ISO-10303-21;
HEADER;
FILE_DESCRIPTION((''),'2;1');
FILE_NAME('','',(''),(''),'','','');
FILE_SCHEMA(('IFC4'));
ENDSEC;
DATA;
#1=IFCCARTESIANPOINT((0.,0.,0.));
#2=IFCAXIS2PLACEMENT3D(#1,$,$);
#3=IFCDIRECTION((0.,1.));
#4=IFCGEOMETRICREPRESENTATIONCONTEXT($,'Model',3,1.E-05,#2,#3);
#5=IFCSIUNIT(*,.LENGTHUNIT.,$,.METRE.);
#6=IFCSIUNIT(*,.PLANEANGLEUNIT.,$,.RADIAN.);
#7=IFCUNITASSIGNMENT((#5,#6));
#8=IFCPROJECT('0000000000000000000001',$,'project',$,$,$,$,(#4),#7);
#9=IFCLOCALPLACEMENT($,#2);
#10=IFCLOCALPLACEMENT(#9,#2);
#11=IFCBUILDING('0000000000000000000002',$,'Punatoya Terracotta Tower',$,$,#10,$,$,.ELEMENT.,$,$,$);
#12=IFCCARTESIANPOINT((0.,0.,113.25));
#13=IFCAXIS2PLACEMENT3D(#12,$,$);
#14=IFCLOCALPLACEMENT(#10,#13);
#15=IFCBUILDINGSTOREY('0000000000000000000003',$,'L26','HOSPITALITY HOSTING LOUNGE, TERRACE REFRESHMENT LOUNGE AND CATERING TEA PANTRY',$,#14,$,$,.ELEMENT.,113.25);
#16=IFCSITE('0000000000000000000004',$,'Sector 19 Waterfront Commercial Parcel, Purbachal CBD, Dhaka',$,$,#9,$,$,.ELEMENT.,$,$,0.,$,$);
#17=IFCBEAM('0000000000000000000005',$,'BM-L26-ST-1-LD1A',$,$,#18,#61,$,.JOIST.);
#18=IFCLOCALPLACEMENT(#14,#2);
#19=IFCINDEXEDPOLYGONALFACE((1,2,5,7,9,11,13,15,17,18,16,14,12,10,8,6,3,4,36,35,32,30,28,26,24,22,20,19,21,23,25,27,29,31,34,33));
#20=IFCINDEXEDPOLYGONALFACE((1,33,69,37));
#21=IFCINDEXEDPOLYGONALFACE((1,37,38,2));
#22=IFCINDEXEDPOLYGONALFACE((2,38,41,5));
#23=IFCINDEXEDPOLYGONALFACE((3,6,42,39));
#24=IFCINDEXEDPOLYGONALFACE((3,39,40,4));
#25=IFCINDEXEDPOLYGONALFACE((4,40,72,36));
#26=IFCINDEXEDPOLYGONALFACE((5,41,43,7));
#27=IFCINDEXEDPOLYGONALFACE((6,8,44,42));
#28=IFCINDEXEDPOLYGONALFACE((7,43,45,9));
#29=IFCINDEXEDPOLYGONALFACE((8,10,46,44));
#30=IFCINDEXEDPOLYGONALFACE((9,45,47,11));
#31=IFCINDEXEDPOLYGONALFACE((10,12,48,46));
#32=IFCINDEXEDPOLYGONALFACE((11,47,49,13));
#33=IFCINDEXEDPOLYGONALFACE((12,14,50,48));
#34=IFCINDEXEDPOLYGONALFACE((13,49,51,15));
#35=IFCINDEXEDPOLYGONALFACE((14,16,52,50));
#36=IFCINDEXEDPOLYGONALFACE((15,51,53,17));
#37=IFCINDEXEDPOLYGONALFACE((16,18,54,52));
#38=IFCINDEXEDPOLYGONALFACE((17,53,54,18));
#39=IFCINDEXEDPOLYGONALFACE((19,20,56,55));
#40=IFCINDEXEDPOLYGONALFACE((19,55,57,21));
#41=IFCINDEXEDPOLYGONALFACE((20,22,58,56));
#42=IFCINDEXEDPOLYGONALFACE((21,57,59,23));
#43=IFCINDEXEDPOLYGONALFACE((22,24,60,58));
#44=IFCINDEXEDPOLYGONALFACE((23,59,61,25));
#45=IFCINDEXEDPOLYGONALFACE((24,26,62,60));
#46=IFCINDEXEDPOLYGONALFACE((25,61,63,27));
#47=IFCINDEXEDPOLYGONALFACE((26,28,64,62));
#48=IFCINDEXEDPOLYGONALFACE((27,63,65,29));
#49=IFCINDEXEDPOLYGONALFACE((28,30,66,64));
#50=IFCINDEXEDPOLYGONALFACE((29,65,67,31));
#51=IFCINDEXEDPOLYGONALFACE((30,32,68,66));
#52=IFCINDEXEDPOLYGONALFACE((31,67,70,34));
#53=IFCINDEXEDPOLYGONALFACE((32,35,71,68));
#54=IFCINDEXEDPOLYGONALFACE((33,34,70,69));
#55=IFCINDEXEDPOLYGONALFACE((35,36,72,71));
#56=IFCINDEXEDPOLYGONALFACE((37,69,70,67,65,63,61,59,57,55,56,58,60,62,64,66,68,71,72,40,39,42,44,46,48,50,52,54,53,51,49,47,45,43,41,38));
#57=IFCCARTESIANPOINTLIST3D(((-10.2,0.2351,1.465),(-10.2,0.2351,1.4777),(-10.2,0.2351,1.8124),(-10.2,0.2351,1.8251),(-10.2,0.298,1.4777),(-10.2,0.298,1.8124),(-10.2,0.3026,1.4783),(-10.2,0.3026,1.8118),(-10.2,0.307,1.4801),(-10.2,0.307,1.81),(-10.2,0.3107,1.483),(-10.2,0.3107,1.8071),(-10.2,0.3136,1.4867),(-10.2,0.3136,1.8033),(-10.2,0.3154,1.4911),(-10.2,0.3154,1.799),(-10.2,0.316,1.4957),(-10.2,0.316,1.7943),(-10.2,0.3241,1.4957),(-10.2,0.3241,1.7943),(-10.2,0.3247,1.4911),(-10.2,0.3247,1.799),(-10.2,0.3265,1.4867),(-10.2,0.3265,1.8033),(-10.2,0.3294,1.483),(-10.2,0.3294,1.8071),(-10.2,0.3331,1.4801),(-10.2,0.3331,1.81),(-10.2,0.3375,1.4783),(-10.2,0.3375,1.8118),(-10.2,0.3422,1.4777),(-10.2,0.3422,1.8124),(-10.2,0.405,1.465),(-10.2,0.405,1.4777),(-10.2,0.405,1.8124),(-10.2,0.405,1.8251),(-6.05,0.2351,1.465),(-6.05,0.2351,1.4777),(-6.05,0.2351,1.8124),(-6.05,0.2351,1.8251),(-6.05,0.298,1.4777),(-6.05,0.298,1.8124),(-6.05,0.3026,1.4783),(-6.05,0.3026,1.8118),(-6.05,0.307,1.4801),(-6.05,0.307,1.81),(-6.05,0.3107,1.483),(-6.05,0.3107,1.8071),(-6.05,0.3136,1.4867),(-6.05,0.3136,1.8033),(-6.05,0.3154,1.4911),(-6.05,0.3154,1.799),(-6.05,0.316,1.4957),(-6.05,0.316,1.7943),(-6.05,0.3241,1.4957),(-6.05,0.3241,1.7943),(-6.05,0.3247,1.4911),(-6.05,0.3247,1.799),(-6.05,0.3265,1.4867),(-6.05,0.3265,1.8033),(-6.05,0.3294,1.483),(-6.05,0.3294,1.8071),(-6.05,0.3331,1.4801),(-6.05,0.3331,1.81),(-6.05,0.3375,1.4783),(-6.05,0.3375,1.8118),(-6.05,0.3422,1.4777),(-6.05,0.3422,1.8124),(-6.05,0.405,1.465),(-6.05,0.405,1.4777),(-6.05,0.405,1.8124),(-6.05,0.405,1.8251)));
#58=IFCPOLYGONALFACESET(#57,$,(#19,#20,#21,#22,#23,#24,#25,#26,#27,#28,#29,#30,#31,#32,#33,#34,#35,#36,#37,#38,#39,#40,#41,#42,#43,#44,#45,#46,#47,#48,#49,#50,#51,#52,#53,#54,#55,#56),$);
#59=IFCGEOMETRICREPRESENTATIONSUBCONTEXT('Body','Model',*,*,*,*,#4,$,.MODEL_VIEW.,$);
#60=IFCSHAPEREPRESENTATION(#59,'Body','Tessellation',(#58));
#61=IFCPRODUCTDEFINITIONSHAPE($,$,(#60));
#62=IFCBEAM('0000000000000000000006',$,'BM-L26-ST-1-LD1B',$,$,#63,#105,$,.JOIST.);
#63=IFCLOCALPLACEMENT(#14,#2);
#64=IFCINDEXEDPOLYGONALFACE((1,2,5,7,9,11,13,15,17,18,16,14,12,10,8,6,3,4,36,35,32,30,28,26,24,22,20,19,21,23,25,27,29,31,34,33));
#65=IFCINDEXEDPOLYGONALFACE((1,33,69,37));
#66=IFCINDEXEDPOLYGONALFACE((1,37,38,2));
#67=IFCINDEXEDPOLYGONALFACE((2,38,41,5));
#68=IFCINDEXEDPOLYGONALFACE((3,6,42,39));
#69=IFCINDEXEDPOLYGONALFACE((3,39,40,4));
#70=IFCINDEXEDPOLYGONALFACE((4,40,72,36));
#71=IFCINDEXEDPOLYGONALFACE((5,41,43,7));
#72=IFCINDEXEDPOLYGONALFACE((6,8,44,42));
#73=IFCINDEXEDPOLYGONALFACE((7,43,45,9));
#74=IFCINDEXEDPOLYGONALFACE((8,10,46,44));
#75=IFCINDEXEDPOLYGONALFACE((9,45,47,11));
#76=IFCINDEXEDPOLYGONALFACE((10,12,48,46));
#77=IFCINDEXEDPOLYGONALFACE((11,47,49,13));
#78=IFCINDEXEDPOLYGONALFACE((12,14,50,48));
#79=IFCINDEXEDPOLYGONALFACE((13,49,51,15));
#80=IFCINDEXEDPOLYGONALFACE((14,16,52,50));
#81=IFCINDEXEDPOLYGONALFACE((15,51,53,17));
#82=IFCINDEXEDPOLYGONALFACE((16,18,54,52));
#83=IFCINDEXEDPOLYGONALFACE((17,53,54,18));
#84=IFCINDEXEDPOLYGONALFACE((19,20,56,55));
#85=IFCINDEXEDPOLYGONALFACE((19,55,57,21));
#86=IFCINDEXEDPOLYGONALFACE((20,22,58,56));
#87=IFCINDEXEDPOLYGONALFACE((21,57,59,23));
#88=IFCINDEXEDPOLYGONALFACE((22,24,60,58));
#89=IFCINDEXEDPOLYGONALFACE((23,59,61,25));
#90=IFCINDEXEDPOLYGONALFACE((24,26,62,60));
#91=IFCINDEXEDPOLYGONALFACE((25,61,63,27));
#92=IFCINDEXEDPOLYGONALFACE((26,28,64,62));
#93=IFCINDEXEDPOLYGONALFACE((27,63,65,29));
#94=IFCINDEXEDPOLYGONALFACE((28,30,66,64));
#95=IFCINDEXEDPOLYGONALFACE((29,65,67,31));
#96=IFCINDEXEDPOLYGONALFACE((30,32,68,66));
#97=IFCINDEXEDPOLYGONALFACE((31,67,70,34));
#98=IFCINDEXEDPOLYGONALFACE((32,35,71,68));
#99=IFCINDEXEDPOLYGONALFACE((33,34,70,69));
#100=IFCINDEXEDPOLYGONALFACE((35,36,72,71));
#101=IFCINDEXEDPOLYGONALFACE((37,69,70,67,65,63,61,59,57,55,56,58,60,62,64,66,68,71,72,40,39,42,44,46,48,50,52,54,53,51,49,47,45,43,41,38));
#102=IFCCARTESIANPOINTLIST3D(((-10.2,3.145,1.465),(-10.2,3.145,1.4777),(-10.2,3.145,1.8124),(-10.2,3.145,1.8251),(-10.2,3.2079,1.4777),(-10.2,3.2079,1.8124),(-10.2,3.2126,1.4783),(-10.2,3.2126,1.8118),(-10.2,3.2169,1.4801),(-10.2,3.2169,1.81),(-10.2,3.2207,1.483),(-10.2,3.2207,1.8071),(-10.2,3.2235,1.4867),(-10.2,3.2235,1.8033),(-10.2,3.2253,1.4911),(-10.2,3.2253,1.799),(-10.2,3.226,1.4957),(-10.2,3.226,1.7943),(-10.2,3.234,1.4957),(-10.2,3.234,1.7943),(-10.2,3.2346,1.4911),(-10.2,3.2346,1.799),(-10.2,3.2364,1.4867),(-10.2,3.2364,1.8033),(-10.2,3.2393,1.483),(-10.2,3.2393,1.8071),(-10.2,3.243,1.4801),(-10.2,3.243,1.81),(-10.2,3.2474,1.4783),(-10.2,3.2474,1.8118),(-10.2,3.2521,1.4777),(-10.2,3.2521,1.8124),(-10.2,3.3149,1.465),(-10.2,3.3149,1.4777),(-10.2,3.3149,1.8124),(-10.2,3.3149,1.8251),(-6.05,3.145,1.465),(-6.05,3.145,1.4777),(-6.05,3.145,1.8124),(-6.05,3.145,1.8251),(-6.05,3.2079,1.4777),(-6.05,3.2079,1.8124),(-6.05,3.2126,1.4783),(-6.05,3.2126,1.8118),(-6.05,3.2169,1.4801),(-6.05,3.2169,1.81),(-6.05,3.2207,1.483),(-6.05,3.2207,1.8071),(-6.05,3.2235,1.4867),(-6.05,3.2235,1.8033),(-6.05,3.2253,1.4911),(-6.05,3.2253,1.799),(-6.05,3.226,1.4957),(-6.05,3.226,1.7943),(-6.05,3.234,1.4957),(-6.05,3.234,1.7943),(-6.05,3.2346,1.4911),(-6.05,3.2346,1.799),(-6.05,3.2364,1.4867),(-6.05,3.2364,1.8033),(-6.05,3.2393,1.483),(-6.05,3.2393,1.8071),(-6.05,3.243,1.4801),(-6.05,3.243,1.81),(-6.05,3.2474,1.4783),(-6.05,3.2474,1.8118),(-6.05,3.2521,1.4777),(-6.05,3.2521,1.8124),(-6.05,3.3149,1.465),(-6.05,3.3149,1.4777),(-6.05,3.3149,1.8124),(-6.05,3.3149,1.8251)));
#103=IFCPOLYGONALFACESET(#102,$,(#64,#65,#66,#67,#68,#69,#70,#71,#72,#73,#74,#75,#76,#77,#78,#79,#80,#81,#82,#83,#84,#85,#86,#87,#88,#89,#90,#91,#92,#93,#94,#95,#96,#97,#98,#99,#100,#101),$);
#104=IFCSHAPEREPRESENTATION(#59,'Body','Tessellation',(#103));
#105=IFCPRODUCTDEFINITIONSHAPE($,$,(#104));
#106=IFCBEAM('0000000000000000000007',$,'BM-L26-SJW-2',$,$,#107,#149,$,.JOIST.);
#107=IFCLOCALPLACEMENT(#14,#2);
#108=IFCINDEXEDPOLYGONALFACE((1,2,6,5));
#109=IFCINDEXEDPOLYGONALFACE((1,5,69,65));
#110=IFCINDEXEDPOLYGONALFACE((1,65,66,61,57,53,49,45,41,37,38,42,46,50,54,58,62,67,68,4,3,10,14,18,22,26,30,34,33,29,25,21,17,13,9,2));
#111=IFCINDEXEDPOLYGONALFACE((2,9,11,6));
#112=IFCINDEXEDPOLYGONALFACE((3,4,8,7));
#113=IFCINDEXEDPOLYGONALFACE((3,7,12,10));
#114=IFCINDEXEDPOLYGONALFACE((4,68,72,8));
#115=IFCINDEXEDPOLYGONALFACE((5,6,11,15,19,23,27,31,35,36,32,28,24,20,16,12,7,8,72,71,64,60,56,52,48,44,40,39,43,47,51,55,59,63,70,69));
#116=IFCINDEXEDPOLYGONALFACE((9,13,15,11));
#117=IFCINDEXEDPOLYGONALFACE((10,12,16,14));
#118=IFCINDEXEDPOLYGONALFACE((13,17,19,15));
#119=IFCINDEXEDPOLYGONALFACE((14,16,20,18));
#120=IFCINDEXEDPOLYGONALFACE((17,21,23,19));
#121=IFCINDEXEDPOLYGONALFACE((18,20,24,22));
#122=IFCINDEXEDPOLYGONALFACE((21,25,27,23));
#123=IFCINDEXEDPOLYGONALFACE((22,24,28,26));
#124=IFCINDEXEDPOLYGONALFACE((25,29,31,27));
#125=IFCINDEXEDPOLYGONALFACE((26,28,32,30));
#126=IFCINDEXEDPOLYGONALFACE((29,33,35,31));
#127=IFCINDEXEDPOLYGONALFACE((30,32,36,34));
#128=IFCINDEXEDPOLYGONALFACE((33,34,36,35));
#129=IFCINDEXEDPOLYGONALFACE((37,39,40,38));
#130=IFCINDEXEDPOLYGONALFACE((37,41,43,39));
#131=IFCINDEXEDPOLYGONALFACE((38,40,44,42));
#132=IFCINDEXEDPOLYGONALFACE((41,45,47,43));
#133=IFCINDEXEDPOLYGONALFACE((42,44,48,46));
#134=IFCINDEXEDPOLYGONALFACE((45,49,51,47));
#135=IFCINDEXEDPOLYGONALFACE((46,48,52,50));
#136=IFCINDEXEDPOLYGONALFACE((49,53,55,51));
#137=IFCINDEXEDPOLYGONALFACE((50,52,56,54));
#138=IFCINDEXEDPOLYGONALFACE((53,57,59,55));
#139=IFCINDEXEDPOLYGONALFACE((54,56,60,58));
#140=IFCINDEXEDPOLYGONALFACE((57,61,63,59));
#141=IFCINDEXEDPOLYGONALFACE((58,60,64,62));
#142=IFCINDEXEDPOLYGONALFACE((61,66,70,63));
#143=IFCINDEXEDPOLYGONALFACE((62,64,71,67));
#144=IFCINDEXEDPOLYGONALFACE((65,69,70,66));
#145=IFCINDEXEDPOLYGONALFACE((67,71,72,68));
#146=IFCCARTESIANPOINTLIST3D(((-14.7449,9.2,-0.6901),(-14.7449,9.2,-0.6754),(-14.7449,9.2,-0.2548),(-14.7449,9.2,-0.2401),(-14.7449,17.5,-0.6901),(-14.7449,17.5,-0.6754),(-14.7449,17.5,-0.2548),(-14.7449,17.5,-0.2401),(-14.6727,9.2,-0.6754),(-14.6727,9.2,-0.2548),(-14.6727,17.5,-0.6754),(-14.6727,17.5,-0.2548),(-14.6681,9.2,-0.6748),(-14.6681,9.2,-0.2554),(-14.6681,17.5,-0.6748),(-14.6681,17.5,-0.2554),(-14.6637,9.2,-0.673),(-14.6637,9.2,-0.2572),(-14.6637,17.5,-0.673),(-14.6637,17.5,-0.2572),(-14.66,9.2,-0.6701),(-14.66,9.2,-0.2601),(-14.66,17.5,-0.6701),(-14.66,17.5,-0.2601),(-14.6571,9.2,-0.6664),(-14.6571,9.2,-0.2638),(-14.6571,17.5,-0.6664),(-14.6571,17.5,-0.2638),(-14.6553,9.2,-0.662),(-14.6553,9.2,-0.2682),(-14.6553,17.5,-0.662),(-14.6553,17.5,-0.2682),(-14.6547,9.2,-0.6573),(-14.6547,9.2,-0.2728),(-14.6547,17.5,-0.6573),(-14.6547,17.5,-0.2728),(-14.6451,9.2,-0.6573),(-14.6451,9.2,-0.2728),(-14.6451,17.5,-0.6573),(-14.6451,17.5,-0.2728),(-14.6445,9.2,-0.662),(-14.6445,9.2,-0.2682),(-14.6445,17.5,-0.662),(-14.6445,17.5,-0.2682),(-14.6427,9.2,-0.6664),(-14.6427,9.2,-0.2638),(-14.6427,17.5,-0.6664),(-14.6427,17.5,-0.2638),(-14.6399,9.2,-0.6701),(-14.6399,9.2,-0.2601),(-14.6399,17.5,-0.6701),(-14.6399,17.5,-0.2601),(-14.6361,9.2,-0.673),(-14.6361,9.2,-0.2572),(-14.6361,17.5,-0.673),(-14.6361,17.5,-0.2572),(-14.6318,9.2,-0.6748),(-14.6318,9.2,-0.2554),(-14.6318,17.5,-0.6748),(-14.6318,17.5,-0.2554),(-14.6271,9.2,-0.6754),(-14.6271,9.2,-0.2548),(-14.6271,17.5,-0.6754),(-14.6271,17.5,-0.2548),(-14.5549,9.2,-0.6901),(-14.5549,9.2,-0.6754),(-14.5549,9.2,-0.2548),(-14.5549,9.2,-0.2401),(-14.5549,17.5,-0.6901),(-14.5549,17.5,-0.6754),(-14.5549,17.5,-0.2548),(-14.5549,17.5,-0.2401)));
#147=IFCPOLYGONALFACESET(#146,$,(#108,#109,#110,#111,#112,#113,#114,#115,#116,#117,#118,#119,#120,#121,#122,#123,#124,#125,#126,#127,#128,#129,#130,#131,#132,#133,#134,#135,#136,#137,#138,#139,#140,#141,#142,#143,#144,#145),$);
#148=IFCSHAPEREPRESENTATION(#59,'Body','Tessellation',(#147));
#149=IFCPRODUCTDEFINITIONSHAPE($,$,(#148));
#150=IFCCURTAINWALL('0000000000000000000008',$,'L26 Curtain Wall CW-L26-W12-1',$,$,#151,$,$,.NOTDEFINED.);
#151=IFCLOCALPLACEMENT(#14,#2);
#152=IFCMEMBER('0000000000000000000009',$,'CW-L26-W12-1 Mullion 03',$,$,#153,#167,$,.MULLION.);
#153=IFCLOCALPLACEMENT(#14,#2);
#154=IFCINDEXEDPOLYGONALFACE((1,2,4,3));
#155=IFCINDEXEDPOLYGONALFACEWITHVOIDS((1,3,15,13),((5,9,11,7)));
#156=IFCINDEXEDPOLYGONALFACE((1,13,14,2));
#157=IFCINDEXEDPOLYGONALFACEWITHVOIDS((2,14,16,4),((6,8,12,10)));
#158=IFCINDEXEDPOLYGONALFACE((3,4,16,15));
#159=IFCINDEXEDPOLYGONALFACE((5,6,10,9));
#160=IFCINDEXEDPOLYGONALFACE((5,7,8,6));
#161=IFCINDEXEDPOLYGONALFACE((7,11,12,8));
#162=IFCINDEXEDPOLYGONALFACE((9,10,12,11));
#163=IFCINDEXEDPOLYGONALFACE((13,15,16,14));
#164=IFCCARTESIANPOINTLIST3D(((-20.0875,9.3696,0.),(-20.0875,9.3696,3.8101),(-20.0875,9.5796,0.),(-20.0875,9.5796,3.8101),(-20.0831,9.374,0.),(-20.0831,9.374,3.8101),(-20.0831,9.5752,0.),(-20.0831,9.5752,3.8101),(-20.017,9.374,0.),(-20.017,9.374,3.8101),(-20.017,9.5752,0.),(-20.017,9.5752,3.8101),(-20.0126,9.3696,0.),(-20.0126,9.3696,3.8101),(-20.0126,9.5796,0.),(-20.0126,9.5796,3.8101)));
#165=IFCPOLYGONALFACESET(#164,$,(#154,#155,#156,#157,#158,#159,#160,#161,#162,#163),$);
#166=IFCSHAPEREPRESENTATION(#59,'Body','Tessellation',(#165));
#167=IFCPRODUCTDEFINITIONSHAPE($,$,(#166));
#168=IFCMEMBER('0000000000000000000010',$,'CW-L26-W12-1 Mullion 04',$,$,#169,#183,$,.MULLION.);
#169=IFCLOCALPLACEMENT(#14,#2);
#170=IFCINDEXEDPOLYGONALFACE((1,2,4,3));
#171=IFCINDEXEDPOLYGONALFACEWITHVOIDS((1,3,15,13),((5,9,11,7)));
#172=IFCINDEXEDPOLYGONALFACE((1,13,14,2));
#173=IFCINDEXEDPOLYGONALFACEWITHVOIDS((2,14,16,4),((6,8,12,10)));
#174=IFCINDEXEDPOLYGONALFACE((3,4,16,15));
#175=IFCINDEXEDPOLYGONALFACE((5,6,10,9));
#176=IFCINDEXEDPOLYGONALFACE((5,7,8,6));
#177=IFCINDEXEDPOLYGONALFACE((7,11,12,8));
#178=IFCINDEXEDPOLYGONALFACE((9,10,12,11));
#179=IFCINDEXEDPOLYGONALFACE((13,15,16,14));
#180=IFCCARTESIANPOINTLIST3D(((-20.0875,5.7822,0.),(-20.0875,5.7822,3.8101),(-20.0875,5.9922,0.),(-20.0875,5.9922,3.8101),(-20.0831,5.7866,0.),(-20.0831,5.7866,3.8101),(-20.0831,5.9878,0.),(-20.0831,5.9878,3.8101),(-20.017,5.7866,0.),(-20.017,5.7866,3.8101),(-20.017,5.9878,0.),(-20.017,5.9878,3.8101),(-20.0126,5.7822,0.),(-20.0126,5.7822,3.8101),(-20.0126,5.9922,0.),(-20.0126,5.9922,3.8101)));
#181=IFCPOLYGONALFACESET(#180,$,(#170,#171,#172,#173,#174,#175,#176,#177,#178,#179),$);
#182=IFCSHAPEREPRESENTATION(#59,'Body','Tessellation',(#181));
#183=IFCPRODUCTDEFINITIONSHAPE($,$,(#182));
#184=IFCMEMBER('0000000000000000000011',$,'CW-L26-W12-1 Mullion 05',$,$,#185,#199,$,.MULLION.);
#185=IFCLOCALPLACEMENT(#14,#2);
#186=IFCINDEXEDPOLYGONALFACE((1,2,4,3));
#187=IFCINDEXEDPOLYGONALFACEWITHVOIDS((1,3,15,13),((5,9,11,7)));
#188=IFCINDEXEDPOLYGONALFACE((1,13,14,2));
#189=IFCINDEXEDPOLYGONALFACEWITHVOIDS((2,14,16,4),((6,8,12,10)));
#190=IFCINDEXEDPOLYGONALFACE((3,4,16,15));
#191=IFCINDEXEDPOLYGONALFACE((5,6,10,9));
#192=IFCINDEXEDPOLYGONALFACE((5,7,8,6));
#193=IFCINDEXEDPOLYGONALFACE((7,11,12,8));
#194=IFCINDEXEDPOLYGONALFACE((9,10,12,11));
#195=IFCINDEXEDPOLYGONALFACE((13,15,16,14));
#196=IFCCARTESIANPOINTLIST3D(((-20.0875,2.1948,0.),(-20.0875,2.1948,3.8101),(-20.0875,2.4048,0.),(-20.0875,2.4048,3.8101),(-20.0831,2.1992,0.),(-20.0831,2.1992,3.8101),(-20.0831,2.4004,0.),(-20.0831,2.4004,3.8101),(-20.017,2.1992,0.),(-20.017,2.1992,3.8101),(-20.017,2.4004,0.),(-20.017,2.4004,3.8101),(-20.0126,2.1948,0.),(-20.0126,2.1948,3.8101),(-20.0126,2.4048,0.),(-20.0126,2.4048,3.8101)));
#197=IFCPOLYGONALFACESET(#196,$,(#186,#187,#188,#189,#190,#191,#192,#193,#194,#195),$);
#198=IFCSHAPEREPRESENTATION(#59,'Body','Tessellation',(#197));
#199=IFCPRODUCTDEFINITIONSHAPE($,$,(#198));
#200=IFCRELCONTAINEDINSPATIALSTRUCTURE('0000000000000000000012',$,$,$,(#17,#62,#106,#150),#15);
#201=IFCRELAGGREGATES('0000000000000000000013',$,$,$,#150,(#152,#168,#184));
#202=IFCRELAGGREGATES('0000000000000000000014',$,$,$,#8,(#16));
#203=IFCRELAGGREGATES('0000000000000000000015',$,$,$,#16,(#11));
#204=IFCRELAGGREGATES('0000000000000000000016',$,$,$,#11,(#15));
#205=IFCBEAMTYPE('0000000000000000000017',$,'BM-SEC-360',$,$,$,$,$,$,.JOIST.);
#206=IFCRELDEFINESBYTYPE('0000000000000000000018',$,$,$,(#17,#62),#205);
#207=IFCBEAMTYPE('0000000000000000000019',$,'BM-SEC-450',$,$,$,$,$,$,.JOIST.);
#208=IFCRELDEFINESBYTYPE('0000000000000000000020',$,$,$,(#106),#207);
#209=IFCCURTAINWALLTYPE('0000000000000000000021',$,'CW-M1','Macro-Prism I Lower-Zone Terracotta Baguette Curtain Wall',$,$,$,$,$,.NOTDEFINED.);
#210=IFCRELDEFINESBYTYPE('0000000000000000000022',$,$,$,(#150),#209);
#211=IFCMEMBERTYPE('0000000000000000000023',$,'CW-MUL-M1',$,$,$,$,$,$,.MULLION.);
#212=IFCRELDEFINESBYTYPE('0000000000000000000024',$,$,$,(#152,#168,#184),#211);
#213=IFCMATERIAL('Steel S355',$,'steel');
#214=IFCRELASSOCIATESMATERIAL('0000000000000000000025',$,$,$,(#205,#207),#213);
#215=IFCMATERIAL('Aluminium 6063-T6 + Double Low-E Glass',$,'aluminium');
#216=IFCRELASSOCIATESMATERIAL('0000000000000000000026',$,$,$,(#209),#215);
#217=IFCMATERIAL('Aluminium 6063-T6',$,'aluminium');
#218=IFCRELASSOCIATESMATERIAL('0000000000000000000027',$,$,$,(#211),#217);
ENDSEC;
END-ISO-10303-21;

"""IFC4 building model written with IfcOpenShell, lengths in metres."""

from ifc_helpers import new_model, si_unit, direction, frame, origin, origin_2d, place, context, subcontext, project, spatial, hollow_rectangle, i_section, extrude, material, material_profile, profile_set, type_object, element, aggregate, save


model = new_model("IFC4")

# Units and contexts
model_context = context("Model", 3, precision=1e-05, world=origin(), true_north=direction((0.0, 1.0)))
body_context = subcontext(model_context, "Body", "Model", "MODEL_VIEW")
ifc_project = project(units=[si_unit("LENGTHUNIT", "METRE"), si_unit("PLANEANGLEUNIT", "RADIAN")], contexts=[model_context])

# Site, building, storey
site_placement = place(None, origin())
site = spatial("IfcSite", under=ifc_project, at=site_placement, Name="Sector 19 Waterfront Commercial Parcel, Purbachal CBD, Dhaka", CompositionType="ELEMENT", RefElevation=0.0)
building_placement = place(site_placement, origin())
building = spatial("IfcBuilding", under=site, at=building_placement, Name="Punatoya Terracotta Tower", CompositionType="ELEMENT")
storey_placement = place(building_placement, frame((0.0, 0.0, 113.25)))
storey = spatial("IfcBuildingStorey", under=building, at=storey_placement, Name="L26", Description="HOSPITALITY HOSTING LOUNGE, TERRACE REFRESHMENT LOUNGE AND CATERING TEA PANTRY", CompositionType="ELEMENT", Elevation=113.25)

# Beams
ifc_material_1 = material(Name="Steel S355", Category="steel")
ifc_material_profile_1 = material_profile(ifc_material_1, i_section(OverallWidth=0.1699, OverallDepth=0.3601, WebThickness=0.0081, FlangeThickness=0.0127, FilletRadius=0.0181, at=origin_2d()))
ifc_profile_set_1 = profile_set([ifc_material_profile_1], Name="Steel S355")
beam_type_1 = type_object("IfcBeamType", Name="BM-SEC-360", PredefinedType="JOIST", material=ifc_profile_set_1)
for number, where, z_axis, x_axis, name in (
    (1, (-10.2, 0.3201, 1.645), (1.0, 0.0, 0.0), (0.0, 1.0, 0.0), "BM-L26-ST-1-LD1A"),
    (2, (-10.2, 3.23, 1.645), (1.0, 0.0, 0.0), (0.0, 1.0, 0.0), "BM-L26-ST-1-LD1B"),
):
    element("IfcBeam", number, at=place(storey_placement, frame(where, z_axis=z_axis, x_axis=x_axis)), inside=storey, type_object=beam_type_1, Name=name, PredefinedType="JOIST", context=body_context, shape_type="SweptSolid", body=[
        extrude(i_section(OverallWidth=0.1699, OverallDepth=0.3601, WebThickness=0.0081, FlangeThickness=0.0127, FilletRadius=0.0181, at=origin_2d()), origin(), (0.0, 0.0, 1.0), 4.1499),
    ])
ifc_material_profile_2 = material_profile(ifc_material_1, i_section(OverallWidth=0.1899, OverallDepth=0.45, WebThickness=0.0095, FlangeThickness=0.0146, FilletRadius=0.0181, at=origin_2d()))
ifc_profile_set_2 = profile_set([ifc_material_profile_2], Name="Steel S355")
beam_type_2 = type_object("IfcBeamType", Name="BM-SEC-450", PredefinedType="JOIST", material=ifc_profile_set_2)
beam_1_placement = place(storey_placement, frame((-14.6499, 9.2, -0.4651), z_axis=(0.0, 1.0, 0.0), x_axis=(-1.0, 0.0, 0.0)))
element("IfcBeam", 3, at=beam_1_placement, inside=storey, type_object=beam_type_2, Name="BM-L26-SJW-2", PredefinedType="JOIST", context=body_context, shape_type="SweptSolid", body=[
    extrude(i_section(OverallWidth=0.1899, OverallDepth=0.45, WebThickness=0.0095, FlangeThickness=0.0146, FilletRadius=0.0181, at=origin_2d()), origin(), (0.0, 0.0, 1.0), 8.3),
])

# Curtain wall, members
ifc_material_2 = material(Name="Aluminium 6063-T6 + Double Low-E Glass", Category="aluminium")
curtain_wall_type = type_object("IfcCurtainWallType", Name="CW-M1", Description="Macro-Prism I Lower-Zone Terracotta Baguette Curtain Wall", PredefinedType="NOTDEFINED", material=ifc_material_2)
curtain_wall_placement = place(storey_placement, origin())
curtain_wall = element("IfcCurtainWall", 4, at=curtain_wall_placement, inside=storey, type_object=curtain_wall_type, Name="L26 Curtain Wall CW-L26-W12-1", PredefinedType="NOTDEFINED")
ifc_material_3 = material(Name="Aluminium 6063-T6", Category="aluminium")
ifc_material_profile_3 = material_profile(ifc_material_3, hollow_rectangle(XDim=0.075, YDim=0.21, WallThickness=0.0044, at=origin_2d()))
ifc_profile_set_3 = profile_set([ifc_material_profile_3], Name="Aluminium 6063-T6")
member_type = type_object("IfcMemberType", Name="CW-MUL-M1", PredefinedType="MULLION", material=ifc_profile_set_3)
member_1_placement = place(storey_placement, frame((-20.05, 9.4746, 0.0), z_axis=(0.0, 0.0, 1.0), x_axis=(1.0, 0.0, 0.0)))
member_1 = element("IfcMember", 5, at=member_1_placement, type_object=member_type, Name="CW-L26-W12-1 Mullion 03", PredefinedType="MULLION", context=body_context, shape_type="SweptSolid", body=[
    extrude(hollow_rectangle(XDim=0.075, YDim=0.21, WallThickness=0.0044, at=origin_2d()), origin(), (0.0, 0.0, 1.0), 3.8101),
])
member_2_placement = place(storey_placement, frame((-20.05, 5.8872, 0.0), z_axis=(0.0, 0.0, 1.0), x_axis=(1.0, 0.0, 0.0)))
member_2 = element("IfcMember", 6, at=member_2_placement, type_object=member_type, Name="CW-L26-W12-1 Mullion 04", PredefinedType="MULLION", context=body_context, shape_type="SweptSolid", body=[
    extrude(hollow_rectangle(XDim=0.075, YDim=0.21, WallThickness=0.0044, at=origin_2d()), origin(), (0.0, 0.0, 1.0), 3.8101),
])
member_3_placement = place(storey_placement, frame((-20.05, 2.2998, 0.0), z_axis=(0.0, 0.0, 1.0), x_axis=(1.0, 0.0, 0.0)))
member_3 = element("IfcMember", 7, at=member_3_placement, type_object=member_type, Name="CW-L26-W12-1 Mullion 05", PredefinedType="MULLION", context=body_context, shape_type="SweptSolid", body=[
    extrude(hollow_rectangle(XDim=0.075, YDim=0.21, WallThickness=0.0044, at=origin_2d()), origin(), (0.0, 0.0, 1.0), 3.8101),
])
aggregate(curtain_wall, [member_1, member_2, member_3])

save(model, "model.ifc")
